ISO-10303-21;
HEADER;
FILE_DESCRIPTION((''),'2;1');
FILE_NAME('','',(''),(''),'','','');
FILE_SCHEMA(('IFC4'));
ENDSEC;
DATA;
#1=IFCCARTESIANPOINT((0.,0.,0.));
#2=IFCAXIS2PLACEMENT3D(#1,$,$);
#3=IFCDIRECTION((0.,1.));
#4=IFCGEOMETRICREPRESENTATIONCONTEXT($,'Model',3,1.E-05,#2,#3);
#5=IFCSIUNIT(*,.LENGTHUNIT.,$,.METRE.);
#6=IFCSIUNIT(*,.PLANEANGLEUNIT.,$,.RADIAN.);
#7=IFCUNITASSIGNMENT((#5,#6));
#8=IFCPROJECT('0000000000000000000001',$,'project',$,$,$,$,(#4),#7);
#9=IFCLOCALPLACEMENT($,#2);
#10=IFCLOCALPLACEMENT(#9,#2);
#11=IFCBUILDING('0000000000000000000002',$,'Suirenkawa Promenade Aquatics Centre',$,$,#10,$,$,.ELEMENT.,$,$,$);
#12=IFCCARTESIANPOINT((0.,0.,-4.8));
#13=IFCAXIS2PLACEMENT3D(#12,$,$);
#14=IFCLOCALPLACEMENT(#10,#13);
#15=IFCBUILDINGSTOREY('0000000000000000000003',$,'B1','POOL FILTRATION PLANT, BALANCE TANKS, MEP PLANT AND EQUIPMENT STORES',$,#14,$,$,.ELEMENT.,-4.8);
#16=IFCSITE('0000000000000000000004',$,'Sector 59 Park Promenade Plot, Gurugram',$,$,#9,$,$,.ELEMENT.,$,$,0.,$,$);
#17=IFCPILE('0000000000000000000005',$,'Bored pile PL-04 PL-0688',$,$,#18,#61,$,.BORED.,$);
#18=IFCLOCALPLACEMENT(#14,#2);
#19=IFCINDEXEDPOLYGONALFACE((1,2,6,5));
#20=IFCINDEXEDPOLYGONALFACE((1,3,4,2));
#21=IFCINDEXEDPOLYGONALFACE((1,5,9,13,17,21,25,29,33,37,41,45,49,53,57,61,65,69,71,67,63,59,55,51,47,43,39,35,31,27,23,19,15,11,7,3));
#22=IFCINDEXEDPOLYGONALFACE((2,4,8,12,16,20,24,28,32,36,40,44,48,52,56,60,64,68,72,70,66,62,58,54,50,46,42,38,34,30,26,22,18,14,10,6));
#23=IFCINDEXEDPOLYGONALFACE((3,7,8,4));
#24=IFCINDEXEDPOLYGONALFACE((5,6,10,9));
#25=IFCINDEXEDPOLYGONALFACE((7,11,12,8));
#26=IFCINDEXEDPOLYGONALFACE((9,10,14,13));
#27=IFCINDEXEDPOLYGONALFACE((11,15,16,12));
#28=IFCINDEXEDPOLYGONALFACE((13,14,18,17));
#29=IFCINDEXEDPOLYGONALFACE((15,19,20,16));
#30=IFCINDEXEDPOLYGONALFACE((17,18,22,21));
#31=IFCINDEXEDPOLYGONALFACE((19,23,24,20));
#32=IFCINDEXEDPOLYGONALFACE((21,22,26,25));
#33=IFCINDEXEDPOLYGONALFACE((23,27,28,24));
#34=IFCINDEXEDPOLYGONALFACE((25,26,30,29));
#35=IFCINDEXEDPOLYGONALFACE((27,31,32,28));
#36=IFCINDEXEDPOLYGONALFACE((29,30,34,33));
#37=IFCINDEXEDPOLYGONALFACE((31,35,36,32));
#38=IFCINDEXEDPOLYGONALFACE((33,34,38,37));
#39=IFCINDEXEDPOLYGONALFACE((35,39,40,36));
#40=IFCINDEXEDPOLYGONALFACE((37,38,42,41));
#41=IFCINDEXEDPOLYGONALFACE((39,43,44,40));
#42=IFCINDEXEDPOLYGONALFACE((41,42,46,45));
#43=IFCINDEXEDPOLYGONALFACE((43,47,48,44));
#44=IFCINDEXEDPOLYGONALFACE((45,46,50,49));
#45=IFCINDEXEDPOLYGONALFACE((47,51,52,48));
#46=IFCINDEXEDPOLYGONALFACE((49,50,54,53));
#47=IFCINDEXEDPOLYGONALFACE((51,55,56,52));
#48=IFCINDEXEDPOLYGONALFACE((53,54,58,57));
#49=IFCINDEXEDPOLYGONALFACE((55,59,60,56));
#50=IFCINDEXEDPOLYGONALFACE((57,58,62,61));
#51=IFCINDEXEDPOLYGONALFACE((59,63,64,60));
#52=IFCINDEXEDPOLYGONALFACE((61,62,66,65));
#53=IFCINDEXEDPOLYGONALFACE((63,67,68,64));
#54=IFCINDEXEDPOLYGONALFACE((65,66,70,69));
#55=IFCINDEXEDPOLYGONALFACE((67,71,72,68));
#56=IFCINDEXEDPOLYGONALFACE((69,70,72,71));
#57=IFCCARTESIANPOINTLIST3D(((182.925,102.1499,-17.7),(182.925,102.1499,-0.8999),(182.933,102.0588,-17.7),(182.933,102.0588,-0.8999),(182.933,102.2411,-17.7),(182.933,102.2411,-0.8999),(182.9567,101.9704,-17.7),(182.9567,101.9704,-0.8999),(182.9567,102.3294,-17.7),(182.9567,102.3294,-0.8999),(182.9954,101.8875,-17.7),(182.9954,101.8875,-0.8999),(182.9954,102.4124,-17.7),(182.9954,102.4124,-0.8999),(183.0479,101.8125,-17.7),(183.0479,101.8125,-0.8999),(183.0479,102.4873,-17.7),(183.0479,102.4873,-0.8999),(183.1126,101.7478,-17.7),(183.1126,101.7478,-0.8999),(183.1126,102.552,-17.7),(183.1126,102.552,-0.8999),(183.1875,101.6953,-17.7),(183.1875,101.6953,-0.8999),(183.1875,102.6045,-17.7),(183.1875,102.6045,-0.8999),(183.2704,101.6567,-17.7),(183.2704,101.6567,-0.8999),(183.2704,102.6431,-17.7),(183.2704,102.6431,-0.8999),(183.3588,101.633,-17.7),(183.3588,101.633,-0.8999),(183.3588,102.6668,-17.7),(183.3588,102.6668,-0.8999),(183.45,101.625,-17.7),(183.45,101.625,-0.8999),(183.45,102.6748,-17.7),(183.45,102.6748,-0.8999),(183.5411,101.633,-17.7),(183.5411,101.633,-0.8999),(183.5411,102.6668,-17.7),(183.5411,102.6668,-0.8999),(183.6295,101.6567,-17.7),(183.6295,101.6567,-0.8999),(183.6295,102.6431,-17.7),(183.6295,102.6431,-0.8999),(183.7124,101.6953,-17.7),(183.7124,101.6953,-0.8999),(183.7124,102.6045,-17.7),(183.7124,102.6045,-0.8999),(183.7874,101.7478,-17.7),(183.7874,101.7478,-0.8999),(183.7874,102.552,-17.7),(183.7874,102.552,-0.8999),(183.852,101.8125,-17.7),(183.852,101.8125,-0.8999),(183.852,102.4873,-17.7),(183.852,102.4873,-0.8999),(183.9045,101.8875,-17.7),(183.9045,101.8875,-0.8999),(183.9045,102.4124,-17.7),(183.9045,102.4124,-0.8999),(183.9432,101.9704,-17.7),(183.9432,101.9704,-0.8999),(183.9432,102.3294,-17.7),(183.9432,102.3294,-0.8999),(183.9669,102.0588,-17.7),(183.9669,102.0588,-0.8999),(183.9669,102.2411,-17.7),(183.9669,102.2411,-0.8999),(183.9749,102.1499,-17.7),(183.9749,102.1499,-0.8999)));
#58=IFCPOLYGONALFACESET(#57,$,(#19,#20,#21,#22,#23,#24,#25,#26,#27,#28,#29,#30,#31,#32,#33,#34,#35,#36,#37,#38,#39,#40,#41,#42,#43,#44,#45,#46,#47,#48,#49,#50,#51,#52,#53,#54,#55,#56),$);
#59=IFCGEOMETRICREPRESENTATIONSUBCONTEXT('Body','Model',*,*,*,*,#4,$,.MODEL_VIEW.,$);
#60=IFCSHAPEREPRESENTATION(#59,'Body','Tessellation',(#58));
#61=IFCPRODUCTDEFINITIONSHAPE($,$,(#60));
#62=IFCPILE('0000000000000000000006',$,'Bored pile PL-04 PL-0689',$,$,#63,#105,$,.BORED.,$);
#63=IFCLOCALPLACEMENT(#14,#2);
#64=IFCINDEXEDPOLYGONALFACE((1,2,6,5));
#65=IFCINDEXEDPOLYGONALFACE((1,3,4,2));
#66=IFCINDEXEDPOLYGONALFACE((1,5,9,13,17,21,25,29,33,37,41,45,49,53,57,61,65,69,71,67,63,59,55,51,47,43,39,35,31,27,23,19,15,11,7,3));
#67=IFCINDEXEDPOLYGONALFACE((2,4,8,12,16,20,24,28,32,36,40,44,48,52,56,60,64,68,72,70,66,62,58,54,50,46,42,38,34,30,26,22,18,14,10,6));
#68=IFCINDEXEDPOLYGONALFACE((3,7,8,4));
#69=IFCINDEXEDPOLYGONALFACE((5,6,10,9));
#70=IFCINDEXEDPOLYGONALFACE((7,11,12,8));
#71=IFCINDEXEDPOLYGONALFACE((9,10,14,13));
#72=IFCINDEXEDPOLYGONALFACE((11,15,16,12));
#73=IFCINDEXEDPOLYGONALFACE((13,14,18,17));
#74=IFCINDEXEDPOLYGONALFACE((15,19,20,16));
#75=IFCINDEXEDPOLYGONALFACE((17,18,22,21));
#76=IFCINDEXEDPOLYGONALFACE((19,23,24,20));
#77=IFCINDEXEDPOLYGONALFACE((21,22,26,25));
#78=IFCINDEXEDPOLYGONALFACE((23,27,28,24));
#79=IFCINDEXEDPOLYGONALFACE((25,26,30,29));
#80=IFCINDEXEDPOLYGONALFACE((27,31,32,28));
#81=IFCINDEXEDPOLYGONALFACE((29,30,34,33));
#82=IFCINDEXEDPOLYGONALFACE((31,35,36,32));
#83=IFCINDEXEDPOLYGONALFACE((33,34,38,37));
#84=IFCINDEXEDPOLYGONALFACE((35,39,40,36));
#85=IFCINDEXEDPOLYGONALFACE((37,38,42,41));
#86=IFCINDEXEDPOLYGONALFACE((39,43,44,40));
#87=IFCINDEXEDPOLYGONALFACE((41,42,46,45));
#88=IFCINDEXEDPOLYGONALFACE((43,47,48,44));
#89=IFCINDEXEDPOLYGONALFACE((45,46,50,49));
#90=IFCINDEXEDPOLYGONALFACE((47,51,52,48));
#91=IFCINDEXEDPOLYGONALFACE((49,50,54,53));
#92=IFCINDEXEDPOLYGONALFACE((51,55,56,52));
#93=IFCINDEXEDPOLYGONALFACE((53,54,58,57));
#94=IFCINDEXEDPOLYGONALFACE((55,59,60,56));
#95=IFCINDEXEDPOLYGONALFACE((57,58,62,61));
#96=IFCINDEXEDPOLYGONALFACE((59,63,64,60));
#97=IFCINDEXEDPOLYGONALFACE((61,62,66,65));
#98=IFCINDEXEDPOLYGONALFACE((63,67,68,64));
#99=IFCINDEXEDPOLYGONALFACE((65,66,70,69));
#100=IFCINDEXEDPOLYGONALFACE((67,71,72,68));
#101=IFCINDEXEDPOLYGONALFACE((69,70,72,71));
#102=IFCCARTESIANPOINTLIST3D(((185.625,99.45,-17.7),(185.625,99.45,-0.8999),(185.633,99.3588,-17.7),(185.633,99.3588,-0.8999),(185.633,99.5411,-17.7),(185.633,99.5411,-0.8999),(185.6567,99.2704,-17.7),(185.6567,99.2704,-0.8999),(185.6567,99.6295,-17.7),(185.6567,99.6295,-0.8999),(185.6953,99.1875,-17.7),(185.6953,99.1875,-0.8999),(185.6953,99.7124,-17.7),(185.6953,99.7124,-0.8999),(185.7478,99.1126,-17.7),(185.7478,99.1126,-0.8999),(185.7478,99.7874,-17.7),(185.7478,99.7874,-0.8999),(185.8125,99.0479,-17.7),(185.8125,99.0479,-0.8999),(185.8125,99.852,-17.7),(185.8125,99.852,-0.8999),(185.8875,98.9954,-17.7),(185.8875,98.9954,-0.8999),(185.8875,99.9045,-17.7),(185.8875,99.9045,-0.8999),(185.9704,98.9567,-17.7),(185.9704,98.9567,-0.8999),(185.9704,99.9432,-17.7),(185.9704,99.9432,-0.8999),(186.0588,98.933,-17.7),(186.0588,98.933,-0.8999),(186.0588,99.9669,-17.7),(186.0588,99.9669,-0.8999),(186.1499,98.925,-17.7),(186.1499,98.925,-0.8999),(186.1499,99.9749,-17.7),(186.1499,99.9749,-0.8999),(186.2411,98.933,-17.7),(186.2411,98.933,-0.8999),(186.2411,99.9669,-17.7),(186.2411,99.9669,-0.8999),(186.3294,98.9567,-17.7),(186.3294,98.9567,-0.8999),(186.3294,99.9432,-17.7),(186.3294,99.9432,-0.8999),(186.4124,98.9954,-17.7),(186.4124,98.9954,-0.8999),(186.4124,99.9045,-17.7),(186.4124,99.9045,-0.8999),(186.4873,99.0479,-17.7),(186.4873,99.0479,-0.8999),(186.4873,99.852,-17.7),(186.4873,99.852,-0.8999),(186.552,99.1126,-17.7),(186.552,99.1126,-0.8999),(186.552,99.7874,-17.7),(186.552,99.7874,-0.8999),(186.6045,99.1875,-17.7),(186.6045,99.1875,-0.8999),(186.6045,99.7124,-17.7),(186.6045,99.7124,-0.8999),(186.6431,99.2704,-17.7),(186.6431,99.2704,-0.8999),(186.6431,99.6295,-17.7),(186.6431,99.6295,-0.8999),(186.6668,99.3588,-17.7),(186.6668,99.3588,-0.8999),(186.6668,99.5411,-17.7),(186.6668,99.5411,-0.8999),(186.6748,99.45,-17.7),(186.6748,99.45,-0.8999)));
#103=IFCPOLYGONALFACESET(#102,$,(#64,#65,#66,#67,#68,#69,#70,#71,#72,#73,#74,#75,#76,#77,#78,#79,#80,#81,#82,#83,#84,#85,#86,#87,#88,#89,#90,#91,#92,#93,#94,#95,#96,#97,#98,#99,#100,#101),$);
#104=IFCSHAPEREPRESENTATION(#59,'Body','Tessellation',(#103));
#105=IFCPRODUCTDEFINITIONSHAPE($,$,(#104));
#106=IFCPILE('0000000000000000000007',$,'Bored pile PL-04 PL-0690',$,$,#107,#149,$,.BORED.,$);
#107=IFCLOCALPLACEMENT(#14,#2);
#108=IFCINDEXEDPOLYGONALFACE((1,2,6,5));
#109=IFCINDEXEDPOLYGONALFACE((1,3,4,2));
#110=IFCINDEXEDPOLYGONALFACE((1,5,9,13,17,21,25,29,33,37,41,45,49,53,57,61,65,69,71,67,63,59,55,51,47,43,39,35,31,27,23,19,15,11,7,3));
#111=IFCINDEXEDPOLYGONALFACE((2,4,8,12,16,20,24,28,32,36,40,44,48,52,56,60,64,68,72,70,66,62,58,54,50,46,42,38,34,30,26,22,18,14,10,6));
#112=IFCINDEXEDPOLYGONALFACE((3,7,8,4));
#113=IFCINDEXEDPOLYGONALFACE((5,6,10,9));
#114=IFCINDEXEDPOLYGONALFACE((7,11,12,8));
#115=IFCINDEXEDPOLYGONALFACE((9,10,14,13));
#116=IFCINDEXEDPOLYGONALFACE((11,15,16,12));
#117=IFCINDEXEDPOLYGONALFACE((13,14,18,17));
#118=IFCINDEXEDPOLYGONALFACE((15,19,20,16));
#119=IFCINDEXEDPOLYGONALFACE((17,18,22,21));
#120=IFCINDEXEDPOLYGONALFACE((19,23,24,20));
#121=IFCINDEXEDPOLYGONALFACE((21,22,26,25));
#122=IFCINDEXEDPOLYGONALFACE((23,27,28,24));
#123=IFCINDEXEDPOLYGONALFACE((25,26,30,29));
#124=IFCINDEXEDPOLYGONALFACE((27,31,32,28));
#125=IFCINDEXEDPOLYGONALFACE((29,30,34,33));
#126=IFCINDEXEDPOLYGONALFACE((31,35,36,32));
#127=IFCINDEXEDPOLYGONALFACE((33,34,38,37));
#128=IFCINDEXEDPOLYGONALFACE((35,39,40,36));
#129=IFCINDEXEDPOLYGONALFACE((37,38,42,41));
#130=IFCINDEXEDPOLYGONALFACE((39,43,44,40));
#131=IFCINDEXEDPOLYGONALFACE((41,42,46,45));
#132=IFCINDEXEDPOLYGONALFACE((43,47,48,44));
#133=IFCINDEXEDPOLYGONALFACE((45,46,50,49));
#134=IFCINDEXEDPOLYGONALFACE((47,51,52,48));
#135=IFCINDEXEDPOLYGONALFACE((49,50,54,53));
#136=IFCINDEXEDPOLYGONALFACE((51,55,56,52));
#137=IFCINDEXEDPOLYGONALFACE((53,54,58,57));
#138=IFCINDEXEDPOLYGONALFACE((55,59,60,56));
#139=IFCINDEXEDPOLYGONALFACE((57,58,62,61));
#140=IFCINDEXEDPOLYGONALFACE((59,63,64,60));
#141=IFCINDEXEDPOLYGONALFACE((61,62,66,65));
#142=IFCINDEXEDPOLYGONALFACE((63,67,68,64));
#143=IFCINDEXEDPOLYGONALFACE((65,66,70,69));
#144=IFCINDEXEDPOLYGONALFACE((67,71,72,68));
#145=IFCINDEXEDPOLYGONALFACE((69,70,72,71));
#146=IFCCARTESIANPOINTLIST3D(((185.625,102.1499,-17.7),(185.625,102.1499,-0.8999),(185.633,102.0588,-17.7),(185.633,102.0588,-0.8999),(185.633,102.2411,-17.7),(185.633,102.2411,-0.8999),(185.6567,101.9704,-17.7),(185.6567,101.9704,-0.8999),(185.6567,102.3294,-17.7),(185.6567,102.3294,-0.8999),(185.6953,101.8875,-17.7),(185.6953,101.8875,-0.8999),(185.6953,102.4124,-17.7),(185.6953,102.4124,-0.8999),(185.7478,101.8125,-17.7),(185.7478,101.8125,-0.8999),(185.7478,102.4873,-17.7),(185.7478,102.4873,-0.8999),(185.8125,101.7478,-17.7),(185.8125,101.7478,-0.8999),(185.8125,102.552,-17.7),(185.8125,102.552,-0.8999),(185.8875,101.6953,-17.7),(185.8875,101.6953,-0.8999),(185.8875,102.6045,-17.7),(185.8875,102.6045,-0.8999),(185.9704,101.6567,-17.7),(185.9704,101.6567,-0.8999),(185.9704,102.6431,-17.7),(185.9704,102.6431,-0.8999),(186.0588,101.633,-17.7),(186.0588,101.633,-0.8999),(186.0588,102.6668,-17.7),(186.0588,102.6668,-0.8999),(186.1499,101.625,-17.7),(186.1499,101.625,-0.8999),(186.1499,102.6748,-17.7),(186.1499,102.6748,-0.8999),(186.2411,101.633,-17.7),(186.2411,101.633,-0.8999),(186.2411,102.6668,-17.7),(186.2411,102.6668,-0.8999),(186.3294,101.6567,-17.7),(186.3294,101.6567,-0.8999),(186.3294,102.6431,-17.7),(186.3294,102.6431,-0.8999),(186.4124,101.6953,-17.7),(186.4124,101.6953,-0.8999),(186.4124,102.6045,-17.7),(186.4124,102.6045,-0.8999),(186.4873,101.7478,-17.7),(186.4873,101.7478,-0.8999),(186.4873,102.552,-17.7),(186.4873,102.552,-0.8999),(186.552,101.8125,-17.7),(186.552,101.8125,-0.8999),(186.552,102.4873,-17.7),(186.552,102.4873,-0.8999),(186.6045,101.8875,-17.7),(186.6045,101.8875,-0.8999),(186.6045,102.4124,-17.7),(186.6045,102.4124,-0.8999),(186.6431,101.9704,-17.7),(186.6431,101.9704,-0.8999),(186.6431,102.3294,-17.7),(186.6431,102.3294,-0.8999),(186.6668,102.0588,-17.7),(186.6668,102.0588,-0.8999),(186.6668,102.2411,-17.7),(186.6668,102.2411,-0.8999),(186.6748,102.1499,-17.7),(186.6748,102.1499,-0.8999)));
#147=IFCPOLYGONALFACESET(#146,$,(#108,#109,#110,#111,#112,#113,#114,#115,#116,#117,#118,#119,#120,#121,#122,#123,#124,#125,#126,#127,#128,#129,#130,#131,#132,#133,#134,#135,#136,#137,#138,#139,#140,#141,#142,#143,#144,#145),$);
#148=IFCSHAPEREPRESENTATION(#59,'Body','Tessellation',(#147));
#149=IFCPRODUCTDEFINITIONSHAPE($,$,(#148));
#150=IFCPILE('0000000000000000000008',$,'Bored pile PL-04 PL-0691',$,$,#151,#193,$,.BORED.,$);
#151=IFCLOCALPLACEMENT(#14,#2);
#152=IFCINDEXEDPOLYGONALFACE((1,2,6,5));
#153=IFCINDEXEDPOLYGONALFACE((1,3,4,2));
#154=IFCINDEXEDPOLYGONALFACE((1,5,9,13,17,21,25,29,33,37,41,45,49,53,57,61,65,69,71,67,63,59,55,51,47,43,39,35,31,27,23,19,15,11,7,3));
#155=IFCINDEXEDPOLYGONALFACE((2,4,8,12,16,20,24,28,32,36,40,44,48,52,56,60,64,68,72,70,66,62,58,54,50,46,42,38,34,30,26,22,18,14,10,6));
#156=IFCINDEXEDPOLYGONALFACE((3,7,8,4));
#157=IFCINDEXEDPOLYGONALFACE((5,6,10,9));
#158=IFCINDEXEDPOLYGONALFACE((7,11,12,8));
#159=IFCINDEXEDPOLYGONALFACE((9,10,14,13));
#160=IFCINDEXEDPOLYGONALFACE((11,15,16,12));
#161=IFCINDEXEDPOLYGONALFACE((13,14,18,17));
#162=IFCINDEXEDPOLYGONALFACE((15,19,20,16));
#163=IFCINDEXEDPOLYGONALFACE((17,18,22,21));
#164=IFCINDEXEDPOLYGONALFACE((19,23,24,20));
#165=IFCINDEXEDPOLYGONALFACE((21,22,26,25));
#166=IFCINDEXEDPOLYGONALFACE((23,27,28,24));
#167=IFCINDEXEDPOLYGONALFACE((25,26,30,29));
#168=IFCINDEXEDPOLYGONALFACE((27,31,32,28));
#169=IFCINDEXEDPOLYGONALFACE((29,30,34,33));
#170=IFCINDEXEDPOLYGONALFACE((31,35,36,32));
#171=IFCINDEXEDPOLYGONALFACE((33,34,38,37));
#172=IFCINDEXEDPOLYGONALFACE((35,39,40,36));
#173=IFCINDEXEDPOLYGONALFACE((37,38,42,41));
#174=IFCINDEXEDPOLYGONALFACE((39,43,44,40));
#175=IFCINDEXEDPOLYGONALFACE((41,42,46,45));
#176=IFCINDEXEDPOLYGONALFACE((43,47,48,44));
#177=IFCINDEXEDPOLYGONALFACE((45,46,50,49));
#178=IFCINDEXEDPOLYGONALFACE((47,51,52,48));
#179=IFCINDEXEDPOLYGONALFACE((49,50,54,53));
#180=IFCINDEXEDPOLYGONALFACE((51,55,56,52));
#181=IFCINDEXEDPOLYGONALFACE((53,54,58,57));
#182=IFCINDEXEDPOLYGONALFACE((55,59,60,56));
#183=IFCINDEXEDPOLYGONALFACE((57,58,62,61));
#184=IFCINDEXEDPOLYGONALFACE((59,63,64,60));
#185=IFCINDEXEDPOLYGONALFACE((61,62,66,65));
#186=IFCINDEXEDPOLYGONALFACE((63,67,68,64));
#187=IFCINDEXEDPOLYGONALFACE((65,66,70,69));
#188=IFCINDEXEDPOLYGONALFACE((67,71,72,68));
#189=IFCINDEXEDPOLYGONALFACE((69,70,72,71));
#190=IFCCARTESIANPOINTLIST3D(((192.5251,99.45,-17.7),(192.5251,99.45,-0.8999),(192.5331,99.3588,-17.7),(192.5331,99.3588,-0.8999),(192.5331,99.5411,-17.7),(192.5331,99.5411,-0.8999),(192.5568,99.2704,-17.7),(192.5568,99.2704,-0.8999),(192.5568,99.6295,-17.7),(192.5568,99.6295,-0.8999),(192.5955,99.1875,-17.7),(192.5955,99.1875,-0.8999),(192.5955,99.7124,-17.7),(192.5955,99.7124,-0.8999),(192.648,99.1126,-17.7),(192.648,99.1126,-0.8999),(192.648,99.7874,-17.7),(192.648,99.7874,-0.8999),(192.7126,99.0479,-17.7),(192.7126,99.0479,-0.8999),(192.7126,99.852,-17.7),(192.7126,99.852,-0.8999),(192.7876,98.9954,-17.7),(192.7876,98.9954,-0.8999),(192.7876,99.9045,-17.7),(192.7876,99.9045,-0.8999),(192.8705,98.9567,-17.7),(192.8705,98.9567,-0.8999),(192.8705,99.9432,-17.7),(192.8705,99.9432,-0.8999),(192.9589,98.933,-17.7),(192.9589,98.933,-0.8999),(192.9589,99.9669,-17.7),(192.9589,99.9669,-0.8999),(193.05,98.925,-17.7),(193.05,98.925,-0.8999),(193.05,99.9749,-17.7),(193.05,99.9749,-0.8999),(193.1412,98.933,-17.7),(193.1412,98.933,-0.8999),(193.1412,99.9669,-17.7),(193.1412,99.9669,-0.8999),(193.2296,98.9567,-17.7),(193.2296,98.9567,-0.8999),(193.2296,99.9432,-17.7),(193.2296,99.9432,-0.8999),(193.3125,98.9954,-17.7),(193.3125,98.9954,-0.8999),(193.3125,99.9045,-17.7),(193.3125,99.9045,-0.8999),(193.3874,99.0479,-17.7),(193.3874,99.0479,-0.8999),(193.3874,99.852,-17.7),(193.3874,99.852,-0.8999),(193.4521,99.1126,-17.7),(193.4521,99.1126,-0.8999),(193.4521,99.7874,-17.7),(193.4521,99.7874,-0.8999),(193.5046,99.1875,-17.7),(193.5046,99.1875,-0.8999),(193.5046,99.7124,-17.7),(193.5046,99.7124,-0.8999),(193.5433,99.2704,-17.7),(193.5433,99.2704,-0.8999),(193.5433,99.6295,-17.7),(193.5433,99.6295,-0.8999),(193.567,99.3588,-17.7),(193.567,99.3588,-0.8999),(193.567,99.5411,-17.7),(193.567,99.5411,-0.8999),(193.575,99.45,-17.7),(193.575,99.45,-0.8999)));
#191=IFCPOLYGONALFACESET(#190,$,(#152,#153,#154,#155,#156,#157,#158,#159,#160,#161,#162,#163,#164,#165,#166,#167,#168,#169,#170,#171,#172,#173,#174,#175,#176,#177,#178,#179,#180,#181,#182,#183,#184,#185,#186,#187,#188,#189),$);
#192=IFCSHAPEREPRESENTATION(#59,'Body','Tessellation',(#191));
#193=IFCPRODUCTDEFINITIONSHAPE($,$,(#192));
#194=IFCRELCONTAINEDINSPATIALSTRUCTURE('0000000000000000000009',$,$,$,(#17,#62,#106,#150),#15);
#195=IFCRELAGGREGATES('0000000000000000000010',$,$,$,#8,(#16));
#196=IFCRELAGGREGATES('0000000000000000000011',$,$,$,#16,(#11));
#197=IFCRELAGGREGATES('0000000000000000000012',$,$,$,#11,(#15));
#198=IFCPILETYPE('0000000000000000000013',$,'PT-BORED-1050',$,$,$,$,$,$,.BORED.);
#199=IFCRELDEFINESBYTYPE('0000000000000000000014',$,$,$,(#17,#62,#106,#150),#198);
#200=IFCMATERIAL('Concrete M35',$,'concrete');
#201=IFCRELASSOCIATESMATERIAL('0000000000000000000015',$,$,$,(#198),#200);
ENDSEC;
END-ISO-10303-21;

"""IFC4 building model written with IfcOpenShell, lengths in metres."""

from ifc_helpers import new_model, si_unit, direction, frame, origin, origin_2d, place, context, subcontext, project, spatial, circle, extrude, material, material_profile, profile_set, type_object, element, save


model = new_model("IFC4")

# Units and contexts
model_context = context("Model", 3, precision=1e-05, world=origin(), true_north=direction((0.0, 1.0)))
body_context = subcontext(model_context, "Body", "Model", "MODEL_VIEW")
ifc_project = project(units=[si_unit("LENGTHUNIT", "METRE"), si_unit("PLANEANGLEUNIT", "RADIAN")], contexts=[model_context])

# Site, building, storey
site_placement = place(None, origin())
site = spatial("IfcSite", under=ifc_project, at=site_placement, Name="Sector 59 Park Promenade Plot, Gurugram", CompositionType="ELEMENT", RefElevation=0.0)
building_placement = place(site_placement, origin())
building = spatial("IfcBuilding", under=site, at=building_placement, Name="Suirenkawa Promenade Aquatics Centre", CompositionType="ELEMENT")
storey_placement = place(building_placement, frame((0.0, 0.0, -4.8)))
storey = spatial("IfcBuildingStorey", under=building, at=storey_placement, Name="B1", Description="POOL FILTRATION PLANT, BALANCE TANKS, MEP PLANT AND EQUIPMENT STORES", CompositionType="ELEMENT", Elevation=-4.8)

# Shared definitions
ifc_material_1 = material(Name="Concrete M35", Category="concrete")

# Piles
ifc_material_profile_1 = material_profile(ifc_material_1, circle(Radius=0.5249, at=origin_2d()), Name="PILE D1050", Category="concrete")
ifc_profile_set_1 = profile_set([ifc_material_profile_1], Name="Concrete M35")
pile_type_1 = type_object("IfcPileType", Name="PT-BORED-1050", PredefinedType="BORED", material=ifc_profile_set_1)
for number, where, z_axis, x_axis, name in (
    (1, (183.45, 102.1499, -0.8999), (0.0, 0.0, -1.0), (1.0, 0.0, 0.0), "Bored pile PL-04 PL-0688"),
    (2, (186.1499, 99.45, -0.8999), (0.0, 0.0, -1.0), (1.0, 0.0, 0.0), "Bored pile PL-04 PL-0689"),
    (3, (186.1499, 102.1499, -0.8999), (0.0, 0.0, -1.0), (1.0, 0.0, 0.0), "Bored pile PL-04 PL-0690"),
    (4, (193.05, 99.45, -0.8999), (0.0, 0.0, -1.0), (1.0, 0.0, 0.0), "Bored pile PL-04 PL-0691"),
):
    element("IfcPile", number, at=place(storey_placement, frame(where, z_axis=z_axis, x_axis=x_axis)), inside=storey, type_object=pile_type_1, Name=name, PredefinedType="BORED", context=body_context, shape_type="SweptSolid", body=[
        extrude(circle(Radius=0.5249, at=origin_2d()), origin(), (0.0, 0.0, 1.0), 16.8),
    ])

save(model, "model.ifc")
